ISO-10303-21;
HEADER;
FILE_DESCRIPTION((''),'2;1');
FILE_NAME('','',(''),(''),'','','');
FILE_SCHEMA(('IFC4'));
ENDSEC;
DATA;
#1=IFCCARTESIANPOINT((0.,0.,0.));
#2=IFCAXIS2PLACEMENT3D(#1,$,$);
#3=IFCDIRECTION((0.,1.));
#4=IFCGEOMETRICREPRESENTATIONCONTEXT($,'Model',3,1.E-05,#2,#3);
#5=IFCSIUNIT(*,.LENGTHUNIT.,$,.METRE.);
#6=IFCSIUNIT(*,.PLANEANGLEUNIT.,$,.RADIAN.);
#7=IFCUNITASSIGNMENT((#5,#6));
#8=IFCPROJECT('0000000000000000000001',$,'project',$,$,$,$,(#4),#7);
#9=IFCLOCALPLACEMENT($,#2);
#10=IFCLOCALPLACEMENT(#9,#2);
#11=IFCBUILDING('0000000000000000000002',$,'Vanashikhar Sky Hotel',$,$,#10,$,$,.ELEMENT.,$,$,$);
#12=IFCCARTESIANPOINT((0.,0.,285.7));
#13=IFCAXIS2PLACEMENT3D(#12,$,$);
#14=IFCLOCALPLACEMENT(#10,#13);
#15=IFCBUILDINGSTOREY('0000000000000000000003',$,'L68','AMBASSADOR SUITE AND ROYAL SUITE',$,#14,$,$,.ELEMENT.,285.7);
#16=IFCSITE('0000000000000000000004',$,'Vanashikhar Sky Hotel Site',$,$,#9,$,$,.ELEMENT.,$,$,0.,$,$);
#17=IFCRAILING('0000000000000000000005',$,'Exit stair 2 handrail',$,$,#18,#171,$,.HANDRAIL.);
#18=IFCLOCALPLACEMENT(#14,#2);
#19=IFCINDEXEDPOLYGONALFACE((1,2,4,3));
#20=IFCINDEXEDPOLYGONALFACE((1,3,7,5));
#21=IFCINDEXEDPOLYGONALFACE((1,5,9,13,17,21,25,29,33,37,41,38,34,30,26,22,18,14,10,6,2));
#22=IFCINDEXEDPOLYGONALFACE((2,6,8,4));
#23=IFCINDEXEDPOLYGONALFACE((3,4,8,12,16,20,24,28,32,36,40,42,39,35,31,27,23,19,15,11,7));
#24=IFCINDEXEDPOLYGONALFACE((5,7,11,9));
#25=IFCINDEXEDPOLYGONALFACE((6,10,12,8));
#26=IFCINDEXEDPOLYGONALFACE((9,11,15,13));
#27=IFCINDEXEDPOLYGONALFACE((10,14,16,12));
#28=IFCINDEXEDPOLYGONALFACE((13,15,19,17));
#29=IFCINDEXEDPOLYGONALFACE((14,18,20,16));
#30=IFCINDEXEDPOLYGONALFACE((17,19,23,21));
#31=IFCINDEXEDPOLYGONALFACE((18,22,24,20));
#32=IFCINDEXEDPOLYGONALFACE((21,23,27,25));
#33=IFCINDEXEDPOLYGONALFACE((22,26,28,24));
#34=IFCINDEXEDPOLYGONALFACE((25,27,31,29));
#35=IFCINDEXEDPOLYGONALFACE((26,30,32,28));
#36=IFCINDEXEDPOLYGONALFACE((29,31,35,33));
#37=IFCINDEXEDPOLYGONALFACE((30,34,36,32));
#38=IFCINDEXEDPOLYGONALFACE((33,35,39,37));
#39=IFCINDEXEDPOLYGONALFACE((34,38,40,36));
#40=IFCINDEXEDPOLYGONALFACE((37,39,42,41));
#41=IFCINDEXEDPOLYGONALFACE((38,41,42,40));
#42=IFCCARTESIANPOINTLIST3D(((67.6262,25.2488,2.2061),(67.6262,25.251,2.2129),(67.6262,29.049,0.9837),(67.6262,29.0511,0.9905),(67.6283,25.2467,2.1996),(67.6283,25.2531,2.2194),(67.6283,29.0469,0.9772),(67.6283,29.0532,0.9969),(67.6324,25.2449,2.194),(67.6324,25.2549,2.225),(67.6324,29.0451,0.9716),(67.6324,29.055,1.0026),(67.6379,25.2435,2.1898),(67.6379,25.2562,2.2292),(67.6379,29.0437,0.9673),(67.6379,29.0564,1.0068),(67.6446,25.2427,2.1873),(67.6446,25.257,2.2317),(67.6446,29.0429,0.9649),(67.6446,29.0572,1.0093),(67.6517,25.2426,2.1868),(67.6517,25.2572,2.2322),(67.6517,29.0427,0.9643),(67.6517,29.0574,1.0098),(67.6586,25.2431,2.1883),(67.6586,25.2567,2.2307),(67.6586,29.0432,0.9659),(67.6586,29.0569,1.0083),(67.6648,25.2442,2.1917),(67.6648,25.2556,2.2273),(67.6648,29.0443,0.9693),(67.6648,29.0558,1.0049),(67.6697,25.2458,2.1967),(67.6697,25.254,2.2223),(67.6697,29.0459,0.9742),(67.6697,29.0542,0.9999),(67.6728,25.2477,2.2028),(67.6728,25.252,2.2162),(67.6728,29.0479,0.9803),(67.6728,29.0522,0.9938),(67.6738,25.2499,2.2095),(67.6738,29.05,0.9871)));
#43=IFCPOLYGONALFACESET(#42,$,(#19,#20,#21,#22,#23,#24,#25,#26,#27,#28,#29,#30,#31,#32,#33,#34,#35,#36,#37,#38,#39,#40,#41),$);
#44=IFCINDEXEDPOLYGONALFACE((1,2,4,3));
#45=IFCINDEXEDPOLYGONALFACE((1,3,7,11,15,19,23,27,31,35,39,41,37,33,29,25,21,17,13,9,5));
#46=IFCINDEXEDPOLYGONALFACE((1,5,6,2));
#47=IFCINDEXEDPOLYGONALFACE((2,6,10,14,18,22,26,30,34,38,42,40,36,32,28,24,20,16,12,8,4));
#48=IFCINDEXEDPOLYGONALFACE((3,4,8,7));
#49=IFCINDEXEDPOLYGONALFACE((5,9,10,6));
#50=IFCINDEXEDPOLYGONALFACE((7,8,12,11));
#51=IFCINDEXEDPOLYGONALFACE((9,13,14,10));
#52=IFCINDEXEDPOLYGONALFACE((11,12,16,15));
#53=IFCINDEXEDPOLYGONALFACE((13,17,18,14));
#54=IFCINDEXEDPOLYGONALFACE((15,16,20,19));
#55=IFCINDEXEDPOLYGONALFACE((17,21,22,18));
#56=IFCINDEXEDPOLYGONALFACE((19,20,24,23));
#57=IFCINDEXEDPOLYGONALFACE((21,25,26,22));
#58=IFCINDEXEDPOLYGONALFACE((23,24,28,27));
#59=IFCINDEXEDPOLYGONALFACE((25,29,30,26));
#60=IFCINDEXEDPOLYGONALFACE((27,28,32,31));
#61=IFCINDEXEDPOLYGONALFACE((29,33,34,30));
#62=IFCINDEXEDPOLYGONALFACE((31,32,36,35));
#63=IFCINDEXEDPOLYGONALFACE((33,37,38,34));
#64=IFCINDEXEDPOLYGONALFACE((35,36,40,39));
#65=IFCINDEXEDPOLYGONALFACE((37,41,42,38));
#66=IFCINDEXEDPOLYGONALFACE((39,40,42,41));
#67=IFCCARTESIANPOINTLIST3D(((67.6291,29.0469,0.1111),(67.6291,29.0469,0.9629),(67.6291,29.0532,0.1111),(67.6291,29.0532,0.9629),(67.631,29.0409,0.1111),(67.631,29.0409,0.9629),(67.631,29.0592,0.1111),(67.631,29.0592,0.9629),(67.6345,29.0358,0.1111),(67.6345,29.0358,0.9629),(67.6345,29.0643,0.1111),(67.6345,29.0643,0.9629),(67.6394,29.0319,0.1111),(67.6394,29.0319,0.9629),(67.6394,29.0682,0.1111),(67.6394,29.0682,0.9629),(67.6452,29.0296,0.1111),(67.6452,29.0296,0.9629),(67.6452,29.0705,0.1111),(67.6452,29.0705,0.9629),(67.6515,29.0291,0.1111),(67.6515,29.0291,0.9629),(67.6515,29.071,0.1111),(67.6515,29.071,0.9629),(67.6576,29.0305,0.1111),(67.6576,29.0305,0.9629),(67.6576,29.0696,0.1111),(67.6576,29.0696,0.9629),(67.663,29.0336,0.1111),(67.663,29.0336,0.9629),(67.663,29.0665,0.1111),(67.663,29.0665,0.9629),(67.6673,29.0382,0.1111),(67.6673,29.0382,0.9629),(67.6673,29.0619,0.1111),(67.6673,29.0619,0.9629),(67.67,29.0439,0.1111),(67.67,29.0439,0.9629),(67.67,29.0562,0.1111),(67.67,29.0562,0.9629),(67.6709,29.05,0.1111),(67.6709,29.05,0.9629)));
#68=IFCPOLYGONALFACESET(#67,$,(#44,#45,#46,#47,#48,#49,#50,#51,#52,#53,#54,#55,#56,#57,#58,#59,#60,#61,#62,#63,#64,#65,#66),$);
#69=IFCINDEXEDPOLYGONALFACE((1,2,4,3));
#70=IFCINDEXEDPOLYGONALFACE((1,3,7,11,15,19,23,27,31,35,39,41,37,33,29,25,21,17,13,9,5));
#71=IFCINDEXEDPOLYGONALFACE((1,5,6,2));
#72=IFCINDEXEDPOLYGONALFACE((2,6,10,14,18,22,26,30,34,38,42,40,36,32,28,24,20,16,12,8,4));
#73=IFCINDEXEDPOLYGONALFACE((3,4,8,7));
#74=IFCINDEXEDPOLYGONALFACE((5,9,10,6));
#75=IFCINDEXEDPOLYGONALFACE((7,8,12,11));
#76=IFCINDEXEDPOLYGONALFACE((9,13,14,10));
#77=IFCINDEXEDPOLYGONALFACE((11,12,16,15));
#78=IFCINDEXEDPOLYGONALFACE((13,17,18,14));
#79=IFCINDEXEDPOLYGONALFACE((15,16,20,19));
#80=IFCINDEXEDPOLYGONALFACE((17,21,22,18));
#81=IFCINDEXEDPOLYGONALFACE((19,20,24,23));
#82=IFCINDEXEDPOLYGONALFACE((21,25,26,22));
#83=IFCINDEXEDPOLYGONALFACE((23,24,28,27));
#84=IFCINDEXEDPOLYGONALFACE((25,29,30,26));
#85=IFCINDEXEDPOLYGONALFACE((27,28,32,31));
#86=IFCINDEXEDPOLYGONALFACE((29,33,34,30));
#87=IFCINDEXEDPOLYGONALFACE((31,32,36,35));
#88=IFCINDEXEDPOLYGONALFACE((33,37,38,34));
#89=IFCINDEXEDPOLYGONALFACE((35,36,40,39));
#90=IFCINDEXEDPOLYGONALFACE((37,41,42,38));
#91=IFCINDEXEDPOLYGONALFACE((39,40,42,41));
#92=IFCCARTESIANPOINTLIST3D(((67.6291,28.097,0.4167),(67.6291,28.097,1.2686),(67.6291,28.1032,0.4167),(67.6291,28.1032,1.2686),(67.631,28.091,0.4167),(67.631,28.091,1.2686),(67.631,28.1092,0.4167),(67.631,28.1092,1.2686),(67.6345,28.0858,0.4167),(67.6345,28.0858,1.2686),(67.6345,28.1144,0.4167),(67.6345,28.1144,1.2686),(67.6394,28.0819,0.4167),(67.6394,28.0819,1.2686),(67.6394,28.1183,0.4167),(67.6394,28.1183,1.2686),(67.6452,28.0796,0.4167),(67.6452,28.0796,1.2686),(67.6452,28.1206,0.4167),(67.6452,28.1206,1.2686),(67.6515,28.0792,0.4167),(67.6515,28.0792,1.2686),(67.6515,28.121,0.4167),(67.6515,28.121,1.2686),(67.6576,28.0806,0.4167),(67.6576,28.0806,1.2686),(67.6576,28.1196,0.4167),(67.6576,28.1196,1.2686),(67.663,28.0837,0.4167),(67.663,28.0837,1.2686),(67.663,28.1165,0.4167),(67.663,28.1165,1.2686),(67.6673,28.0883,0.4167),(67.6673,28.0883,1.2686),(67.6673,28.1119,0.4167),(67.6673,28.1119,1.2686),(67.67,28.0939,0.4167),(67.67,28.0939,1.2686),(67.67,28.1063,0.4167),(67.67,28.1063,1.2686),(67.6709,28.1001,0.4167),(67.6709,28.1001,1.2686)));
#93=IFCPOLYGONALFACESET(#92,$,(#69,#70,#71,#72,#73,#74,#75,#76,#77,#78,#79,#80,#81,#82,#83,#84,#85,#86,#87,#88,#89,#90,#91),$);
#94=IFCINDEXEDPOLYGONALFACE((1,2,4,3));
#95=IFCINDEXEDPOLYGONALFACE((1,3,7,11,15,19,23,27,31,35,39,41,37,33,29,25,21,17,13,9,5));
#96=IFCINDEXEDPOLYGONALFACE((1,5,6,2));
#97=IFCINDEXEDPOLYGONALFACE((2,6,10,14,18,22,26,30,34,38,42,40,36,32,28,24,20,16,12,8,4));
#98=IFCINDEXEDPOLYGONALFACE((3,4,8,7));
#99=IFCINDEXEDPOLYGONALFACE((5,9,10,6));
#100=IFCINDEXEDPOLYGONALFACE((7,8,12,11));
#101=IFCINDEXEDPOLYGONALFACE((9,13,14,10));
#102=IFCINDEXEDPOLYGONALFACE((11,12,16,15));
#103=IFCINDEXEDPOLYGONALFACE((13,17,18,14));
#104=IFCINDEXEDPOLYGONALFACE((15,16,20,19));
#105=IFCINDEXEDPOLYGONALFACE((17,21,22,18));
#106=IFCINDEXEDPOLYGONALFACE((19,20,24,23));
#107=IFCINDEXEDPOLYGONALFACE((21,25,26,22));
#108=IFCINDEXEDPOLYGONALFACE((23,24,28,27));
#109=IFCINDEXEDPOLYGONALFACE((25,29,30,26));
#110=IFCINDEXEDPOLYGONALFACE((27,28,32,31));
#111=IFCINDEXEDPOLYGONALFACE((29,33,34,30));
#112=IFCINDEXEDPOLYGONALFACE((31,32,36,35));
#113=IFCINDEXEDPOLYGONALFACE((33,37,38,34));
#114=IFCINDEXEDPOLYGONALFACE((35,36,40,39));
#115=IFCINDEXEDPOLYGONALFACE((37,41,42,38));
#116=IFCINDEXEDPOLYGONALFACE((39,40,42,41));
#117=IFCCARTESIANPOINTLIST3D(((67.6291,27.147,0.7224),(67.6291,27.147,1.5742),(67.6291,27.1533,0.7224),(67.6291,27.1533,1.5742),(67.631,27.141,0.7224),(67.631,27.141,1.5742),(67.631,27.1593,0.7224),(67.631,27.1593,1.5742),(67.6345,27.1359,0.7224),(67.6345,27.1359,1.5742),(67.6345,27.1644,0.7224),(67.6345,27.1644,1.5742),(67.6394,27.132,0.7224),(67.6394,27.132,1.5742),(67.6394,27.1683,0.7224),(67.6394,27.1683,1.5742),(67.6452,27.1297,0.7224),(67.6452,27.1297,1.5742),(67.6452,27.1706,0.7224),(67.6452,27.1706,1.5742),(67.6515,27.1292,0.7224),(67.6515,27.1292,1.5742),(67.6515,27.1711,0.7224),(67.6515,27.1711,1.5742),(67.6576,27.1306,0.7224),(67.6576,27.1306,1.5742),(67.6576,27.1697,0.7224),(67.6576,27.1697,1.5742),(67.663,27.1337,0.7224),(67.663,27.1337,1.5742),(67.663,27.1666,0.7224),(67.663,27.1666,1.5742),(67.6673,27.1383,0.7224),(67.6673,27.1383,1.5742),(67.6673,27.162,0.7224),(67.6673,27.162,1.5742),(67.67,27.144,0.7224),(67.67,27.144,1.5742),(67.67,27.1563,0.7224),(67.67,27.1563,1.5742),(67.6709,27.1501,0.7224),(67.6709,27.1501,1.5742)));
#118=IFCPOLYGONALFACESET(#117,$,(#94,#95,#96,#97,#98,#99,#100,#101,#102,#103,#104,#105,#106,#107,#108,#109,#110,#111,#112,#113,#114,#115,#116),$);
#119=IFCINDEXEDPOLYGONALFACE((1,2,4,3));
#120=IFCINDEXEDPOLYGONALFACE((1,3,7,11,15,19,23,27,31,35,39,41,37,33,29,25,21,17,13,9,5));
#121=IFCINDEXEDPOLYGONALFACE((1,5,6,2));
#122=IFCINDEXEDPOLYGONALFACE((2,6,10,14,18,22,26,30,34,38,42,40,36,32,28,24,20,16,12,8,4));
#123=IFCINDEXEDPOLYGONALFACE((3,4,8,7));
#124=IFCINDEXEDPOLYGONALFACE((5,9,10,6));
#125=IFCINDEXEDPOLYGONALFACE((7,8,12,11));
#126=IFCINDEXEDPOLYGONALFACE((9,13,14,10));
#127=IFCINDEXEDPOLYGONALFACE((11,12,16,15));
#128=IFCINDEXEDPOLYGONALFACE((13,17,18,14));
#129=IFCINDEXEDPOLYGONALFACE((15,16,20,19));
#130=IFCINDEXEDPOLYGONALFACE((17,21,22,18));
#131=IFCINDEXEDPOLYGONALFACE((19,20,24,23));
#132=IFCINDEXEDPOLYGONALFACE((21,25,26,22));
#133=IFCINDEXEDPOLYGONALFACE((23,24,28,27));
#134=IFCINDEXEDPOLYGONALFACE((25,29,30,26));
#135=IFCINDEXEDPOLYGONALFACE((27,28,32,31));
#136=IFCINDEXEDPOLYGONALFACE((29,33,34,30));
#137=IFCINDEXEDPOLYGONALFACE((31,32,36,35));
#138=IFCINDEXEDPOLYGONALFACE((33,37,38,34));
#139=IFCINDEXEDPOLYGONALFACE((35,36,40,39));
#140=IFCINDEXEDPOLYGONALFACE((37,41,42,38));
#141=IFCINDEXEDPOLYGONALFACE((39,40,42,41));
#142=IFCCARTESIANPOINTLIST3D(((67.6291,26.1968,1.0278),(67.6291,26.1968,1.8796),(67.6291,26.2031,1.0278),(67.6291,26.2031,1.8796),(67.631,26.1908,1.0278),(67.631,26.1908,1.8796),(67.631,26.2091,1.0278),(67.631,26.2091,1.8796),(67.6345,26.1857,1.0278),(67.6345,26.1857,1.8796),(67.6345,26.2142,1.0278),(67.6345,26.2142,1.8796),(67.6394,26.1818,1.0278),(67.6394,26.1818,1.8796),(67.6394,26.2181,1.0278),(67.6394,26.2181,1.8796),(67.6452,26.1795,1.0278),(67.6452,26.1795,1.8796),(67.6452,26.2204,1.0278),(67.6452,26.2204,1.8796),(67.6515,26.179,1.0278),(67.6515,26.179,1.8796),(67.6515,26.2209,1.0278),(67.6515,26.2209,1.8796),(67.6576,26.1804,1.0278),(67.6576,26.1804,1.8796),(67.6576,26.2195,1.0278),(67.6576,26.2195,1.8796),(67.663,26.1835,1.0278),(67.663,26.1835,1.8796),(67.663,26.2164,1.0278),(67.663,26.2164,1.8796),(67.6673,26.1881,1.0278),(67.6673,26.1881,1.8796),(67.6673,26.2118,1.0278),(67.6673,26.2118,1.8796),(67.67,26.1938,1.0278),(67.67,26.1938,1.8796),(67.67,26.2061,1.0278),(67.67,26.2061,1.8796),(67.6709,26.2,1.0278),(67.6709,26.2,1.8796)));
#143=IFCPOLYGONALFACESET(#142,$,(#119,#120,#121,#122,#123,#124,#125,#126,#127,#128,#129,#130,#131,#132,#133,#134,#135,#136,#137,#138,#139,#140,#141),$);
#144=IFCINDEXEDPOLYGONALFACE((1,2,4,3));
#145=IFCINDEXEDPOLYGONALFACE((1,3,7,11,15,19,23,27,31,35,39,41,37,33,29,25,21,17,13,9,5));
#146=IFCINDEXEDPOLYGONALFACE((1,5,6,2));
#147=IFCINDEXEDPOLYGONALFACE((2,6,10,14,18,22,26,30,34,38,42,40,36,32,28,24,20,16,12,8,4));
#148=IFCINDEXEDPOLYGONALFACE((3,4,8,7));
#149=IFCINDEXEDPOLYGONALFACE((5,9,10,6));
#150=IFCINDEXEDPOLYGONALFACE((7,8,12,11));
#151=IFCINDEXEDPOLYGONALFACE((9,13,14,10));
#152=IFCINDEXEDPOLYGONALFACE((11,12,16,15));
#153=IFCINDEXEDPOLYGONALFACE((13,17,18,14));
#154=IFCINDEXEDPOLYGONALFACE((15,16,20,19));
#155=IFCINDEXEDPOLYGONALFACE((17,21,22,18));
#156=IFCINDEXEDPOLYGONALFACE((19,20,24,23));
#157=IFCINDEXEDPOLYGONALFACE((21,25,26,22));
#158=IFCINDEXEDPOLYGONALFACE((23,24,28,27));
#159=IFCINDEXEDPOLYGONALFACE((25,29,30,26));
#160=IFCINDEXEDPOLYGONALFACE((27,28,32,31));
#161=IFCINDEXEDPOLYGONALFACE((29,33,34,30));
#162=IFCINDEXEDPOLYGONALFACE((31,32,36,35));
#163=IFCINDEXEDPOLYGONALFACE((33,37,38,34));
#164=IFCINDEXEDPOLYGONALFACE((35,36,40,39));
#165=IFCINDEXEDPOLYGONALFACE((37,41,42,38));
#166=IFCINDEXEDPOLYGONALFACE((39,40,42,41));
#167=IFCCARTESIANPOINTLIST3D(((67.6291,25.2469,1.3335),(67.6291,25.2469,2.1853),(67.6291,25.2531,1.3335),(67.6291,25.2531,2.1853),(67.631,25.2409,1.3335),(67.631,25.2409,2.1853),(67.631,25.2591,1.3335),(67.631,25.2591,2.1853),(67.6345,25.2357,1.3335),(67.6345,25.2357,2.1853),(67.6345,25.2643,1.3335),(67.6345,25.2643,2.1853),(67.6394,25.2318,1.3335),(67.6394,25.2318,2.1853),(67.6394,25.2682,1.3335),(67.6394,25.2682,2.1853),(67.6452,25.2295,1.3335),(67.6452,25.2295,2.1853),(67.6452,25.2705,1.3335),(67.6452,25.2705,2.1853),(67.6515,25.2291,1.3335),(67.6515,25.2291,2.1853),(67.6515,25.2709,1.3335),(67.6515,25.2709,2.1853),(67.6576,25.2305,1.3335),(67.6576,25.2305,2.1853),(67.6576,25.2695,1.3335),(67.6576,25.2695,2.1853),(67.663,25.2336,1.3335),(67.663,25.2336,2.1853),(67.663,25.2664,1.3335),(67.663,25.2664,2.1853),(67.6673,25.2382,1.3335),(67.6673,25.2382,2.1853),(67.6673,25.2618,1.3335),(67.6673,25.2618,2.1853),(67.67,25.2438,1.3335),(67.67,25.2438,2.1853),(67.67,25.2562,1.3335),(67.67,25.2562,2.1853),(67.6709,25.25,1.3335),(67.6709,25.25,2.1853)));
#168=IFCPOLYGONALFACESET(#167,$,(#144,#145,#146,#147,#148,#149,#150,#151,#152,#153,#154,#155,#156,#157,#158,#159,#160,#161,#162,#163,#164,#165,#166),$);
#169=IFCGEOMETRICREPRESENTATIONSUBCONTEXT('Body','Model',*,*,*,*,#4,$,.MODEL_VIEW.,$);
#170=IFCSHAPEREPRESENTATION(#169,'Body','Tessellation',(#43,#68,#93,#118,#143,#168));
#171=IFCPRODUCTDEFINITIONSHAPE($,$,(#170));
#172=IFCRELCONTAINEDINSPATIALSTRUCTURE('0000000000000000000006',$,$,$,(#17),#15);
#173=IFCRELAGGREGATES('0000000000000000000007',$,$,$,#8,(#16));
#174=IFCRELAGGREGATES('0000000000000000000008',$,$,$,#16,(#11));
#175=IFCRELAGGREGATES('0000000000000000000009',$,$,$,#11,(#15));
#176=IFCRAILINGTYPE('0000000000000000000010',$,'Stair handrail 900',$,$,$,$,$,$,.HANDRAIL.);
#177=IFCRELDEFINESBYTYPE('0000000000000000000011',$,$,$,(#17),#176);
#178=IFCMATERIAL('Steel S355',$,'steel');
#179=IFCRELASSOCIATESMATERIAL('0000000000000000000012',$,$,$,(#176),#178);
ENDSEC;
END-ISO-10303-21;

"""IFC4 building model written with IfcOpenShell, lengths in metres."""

from ifc_helpers import new_model, si_unit, direction, frame, origin, origin_2d, place, context, subcontext, project, spatial, circle, extrude, source, transform, mapped, material, type_object, element, save


model = new_model("IFC4")

# Units and contexts
model_context = context("Model", 3, precision=1e-05, world=origin(), true_north=direction((0.0, 1.0)))
body_context = subcontext(model_context, "Body", "Model", "MODEL_VIEW")
ifc_project = project(units=[si_unit("LENGTHUNIT", "METRE"), si_unit("PLANEANGLEUNIT", "RADIAN")], contexts=[model_context])

# Site, building, storey
site_placement = place(None, origin())
site = spatial("IfcSite", under=ifc_project, at=site_placement, Name="Vanashikhar Sky Hotel Site", CompositionType="ELEMENT", RefElevation=0.0)
building_placement = place(site_placement, origin())
building = spatial("IfcBuilding", under=site, at=building_placement, Name="Vanashikhar Sky Hotel", CompositionType="ELEMENT")
storey_placement = place(building_placement, frame((0.0, 0.0, 285.7)))
storey = spatial("IfcBuildingStorey", under=building, at=storey_placement, Name="L68", Description="AMBASSADOR SUITE AND ROYAL SUITE", CompositionType="ELEMENT", Elevation=285.7)

# Railing
ifc_material_1 = material(Name="Steel S355", Category="steel")
railing_type_1 = type_object("IfcRailingType", Name="Stair handrail 900", PredefinedType="HANDRAIL", material=ifc_material_1)
shared_shape_1 = source(origin(), body_context, "Body", "SweptSolid", [
    extrude(circle(Radius=0.0239, at=origin_2d()), frame((0.0, 0.0, 0.876), z_axis=(0.0, -0.951958, 0.306229), x_axis=(1.0, 0.0, 0.0)), (0.0, 0.0, 1.0), 3.9919),
    extrude(circle(Radius=0.021, at=origin_2d()), origin(), (0.0, 0.0, 1.0), 0.8518),
    extrude(circle(Radius=0.021, at=origin_2d()), frame((0.0, -0.95, 0.3057)), (0.0, 0.0, 1.0), 0.8518),
    extrude(circle(Radius=0.021, at=origin_2d()), frame((0.0, -1.8999, 0.6113)), (0.0, 0.0, 1.0), 0.8518),
    extrude(circle(Radius=0.021, at=origin_2d()), frame((0.0, -2.8501, 0.9167)), (0.0, 0.0, 1.0), 0.8518),
    extrude(circle(Radius=0.021, at=origin_2d()), frame((0.0, -3.8, 1.2224)), (0.0, 0.0, 1.0), 0.8518),
])
for number, where, name in (
    (1, (67.6499, 29.05, 0.1111), "Exit stair 2 handrail"),
):
    element("IfcRailing", number, at=place(storey_placement, frame(where)), inside=storey, type_object=railing_type_1, Name=name, PredefinedType="HANDRAIL", context=body_context, shape_type="MappedRepresentation", body=[
        mapped(shared_shape_1, transform((0.0, 0.0, 0.0), scale=1.0)),
    ])

save(model, "model.ifc")
